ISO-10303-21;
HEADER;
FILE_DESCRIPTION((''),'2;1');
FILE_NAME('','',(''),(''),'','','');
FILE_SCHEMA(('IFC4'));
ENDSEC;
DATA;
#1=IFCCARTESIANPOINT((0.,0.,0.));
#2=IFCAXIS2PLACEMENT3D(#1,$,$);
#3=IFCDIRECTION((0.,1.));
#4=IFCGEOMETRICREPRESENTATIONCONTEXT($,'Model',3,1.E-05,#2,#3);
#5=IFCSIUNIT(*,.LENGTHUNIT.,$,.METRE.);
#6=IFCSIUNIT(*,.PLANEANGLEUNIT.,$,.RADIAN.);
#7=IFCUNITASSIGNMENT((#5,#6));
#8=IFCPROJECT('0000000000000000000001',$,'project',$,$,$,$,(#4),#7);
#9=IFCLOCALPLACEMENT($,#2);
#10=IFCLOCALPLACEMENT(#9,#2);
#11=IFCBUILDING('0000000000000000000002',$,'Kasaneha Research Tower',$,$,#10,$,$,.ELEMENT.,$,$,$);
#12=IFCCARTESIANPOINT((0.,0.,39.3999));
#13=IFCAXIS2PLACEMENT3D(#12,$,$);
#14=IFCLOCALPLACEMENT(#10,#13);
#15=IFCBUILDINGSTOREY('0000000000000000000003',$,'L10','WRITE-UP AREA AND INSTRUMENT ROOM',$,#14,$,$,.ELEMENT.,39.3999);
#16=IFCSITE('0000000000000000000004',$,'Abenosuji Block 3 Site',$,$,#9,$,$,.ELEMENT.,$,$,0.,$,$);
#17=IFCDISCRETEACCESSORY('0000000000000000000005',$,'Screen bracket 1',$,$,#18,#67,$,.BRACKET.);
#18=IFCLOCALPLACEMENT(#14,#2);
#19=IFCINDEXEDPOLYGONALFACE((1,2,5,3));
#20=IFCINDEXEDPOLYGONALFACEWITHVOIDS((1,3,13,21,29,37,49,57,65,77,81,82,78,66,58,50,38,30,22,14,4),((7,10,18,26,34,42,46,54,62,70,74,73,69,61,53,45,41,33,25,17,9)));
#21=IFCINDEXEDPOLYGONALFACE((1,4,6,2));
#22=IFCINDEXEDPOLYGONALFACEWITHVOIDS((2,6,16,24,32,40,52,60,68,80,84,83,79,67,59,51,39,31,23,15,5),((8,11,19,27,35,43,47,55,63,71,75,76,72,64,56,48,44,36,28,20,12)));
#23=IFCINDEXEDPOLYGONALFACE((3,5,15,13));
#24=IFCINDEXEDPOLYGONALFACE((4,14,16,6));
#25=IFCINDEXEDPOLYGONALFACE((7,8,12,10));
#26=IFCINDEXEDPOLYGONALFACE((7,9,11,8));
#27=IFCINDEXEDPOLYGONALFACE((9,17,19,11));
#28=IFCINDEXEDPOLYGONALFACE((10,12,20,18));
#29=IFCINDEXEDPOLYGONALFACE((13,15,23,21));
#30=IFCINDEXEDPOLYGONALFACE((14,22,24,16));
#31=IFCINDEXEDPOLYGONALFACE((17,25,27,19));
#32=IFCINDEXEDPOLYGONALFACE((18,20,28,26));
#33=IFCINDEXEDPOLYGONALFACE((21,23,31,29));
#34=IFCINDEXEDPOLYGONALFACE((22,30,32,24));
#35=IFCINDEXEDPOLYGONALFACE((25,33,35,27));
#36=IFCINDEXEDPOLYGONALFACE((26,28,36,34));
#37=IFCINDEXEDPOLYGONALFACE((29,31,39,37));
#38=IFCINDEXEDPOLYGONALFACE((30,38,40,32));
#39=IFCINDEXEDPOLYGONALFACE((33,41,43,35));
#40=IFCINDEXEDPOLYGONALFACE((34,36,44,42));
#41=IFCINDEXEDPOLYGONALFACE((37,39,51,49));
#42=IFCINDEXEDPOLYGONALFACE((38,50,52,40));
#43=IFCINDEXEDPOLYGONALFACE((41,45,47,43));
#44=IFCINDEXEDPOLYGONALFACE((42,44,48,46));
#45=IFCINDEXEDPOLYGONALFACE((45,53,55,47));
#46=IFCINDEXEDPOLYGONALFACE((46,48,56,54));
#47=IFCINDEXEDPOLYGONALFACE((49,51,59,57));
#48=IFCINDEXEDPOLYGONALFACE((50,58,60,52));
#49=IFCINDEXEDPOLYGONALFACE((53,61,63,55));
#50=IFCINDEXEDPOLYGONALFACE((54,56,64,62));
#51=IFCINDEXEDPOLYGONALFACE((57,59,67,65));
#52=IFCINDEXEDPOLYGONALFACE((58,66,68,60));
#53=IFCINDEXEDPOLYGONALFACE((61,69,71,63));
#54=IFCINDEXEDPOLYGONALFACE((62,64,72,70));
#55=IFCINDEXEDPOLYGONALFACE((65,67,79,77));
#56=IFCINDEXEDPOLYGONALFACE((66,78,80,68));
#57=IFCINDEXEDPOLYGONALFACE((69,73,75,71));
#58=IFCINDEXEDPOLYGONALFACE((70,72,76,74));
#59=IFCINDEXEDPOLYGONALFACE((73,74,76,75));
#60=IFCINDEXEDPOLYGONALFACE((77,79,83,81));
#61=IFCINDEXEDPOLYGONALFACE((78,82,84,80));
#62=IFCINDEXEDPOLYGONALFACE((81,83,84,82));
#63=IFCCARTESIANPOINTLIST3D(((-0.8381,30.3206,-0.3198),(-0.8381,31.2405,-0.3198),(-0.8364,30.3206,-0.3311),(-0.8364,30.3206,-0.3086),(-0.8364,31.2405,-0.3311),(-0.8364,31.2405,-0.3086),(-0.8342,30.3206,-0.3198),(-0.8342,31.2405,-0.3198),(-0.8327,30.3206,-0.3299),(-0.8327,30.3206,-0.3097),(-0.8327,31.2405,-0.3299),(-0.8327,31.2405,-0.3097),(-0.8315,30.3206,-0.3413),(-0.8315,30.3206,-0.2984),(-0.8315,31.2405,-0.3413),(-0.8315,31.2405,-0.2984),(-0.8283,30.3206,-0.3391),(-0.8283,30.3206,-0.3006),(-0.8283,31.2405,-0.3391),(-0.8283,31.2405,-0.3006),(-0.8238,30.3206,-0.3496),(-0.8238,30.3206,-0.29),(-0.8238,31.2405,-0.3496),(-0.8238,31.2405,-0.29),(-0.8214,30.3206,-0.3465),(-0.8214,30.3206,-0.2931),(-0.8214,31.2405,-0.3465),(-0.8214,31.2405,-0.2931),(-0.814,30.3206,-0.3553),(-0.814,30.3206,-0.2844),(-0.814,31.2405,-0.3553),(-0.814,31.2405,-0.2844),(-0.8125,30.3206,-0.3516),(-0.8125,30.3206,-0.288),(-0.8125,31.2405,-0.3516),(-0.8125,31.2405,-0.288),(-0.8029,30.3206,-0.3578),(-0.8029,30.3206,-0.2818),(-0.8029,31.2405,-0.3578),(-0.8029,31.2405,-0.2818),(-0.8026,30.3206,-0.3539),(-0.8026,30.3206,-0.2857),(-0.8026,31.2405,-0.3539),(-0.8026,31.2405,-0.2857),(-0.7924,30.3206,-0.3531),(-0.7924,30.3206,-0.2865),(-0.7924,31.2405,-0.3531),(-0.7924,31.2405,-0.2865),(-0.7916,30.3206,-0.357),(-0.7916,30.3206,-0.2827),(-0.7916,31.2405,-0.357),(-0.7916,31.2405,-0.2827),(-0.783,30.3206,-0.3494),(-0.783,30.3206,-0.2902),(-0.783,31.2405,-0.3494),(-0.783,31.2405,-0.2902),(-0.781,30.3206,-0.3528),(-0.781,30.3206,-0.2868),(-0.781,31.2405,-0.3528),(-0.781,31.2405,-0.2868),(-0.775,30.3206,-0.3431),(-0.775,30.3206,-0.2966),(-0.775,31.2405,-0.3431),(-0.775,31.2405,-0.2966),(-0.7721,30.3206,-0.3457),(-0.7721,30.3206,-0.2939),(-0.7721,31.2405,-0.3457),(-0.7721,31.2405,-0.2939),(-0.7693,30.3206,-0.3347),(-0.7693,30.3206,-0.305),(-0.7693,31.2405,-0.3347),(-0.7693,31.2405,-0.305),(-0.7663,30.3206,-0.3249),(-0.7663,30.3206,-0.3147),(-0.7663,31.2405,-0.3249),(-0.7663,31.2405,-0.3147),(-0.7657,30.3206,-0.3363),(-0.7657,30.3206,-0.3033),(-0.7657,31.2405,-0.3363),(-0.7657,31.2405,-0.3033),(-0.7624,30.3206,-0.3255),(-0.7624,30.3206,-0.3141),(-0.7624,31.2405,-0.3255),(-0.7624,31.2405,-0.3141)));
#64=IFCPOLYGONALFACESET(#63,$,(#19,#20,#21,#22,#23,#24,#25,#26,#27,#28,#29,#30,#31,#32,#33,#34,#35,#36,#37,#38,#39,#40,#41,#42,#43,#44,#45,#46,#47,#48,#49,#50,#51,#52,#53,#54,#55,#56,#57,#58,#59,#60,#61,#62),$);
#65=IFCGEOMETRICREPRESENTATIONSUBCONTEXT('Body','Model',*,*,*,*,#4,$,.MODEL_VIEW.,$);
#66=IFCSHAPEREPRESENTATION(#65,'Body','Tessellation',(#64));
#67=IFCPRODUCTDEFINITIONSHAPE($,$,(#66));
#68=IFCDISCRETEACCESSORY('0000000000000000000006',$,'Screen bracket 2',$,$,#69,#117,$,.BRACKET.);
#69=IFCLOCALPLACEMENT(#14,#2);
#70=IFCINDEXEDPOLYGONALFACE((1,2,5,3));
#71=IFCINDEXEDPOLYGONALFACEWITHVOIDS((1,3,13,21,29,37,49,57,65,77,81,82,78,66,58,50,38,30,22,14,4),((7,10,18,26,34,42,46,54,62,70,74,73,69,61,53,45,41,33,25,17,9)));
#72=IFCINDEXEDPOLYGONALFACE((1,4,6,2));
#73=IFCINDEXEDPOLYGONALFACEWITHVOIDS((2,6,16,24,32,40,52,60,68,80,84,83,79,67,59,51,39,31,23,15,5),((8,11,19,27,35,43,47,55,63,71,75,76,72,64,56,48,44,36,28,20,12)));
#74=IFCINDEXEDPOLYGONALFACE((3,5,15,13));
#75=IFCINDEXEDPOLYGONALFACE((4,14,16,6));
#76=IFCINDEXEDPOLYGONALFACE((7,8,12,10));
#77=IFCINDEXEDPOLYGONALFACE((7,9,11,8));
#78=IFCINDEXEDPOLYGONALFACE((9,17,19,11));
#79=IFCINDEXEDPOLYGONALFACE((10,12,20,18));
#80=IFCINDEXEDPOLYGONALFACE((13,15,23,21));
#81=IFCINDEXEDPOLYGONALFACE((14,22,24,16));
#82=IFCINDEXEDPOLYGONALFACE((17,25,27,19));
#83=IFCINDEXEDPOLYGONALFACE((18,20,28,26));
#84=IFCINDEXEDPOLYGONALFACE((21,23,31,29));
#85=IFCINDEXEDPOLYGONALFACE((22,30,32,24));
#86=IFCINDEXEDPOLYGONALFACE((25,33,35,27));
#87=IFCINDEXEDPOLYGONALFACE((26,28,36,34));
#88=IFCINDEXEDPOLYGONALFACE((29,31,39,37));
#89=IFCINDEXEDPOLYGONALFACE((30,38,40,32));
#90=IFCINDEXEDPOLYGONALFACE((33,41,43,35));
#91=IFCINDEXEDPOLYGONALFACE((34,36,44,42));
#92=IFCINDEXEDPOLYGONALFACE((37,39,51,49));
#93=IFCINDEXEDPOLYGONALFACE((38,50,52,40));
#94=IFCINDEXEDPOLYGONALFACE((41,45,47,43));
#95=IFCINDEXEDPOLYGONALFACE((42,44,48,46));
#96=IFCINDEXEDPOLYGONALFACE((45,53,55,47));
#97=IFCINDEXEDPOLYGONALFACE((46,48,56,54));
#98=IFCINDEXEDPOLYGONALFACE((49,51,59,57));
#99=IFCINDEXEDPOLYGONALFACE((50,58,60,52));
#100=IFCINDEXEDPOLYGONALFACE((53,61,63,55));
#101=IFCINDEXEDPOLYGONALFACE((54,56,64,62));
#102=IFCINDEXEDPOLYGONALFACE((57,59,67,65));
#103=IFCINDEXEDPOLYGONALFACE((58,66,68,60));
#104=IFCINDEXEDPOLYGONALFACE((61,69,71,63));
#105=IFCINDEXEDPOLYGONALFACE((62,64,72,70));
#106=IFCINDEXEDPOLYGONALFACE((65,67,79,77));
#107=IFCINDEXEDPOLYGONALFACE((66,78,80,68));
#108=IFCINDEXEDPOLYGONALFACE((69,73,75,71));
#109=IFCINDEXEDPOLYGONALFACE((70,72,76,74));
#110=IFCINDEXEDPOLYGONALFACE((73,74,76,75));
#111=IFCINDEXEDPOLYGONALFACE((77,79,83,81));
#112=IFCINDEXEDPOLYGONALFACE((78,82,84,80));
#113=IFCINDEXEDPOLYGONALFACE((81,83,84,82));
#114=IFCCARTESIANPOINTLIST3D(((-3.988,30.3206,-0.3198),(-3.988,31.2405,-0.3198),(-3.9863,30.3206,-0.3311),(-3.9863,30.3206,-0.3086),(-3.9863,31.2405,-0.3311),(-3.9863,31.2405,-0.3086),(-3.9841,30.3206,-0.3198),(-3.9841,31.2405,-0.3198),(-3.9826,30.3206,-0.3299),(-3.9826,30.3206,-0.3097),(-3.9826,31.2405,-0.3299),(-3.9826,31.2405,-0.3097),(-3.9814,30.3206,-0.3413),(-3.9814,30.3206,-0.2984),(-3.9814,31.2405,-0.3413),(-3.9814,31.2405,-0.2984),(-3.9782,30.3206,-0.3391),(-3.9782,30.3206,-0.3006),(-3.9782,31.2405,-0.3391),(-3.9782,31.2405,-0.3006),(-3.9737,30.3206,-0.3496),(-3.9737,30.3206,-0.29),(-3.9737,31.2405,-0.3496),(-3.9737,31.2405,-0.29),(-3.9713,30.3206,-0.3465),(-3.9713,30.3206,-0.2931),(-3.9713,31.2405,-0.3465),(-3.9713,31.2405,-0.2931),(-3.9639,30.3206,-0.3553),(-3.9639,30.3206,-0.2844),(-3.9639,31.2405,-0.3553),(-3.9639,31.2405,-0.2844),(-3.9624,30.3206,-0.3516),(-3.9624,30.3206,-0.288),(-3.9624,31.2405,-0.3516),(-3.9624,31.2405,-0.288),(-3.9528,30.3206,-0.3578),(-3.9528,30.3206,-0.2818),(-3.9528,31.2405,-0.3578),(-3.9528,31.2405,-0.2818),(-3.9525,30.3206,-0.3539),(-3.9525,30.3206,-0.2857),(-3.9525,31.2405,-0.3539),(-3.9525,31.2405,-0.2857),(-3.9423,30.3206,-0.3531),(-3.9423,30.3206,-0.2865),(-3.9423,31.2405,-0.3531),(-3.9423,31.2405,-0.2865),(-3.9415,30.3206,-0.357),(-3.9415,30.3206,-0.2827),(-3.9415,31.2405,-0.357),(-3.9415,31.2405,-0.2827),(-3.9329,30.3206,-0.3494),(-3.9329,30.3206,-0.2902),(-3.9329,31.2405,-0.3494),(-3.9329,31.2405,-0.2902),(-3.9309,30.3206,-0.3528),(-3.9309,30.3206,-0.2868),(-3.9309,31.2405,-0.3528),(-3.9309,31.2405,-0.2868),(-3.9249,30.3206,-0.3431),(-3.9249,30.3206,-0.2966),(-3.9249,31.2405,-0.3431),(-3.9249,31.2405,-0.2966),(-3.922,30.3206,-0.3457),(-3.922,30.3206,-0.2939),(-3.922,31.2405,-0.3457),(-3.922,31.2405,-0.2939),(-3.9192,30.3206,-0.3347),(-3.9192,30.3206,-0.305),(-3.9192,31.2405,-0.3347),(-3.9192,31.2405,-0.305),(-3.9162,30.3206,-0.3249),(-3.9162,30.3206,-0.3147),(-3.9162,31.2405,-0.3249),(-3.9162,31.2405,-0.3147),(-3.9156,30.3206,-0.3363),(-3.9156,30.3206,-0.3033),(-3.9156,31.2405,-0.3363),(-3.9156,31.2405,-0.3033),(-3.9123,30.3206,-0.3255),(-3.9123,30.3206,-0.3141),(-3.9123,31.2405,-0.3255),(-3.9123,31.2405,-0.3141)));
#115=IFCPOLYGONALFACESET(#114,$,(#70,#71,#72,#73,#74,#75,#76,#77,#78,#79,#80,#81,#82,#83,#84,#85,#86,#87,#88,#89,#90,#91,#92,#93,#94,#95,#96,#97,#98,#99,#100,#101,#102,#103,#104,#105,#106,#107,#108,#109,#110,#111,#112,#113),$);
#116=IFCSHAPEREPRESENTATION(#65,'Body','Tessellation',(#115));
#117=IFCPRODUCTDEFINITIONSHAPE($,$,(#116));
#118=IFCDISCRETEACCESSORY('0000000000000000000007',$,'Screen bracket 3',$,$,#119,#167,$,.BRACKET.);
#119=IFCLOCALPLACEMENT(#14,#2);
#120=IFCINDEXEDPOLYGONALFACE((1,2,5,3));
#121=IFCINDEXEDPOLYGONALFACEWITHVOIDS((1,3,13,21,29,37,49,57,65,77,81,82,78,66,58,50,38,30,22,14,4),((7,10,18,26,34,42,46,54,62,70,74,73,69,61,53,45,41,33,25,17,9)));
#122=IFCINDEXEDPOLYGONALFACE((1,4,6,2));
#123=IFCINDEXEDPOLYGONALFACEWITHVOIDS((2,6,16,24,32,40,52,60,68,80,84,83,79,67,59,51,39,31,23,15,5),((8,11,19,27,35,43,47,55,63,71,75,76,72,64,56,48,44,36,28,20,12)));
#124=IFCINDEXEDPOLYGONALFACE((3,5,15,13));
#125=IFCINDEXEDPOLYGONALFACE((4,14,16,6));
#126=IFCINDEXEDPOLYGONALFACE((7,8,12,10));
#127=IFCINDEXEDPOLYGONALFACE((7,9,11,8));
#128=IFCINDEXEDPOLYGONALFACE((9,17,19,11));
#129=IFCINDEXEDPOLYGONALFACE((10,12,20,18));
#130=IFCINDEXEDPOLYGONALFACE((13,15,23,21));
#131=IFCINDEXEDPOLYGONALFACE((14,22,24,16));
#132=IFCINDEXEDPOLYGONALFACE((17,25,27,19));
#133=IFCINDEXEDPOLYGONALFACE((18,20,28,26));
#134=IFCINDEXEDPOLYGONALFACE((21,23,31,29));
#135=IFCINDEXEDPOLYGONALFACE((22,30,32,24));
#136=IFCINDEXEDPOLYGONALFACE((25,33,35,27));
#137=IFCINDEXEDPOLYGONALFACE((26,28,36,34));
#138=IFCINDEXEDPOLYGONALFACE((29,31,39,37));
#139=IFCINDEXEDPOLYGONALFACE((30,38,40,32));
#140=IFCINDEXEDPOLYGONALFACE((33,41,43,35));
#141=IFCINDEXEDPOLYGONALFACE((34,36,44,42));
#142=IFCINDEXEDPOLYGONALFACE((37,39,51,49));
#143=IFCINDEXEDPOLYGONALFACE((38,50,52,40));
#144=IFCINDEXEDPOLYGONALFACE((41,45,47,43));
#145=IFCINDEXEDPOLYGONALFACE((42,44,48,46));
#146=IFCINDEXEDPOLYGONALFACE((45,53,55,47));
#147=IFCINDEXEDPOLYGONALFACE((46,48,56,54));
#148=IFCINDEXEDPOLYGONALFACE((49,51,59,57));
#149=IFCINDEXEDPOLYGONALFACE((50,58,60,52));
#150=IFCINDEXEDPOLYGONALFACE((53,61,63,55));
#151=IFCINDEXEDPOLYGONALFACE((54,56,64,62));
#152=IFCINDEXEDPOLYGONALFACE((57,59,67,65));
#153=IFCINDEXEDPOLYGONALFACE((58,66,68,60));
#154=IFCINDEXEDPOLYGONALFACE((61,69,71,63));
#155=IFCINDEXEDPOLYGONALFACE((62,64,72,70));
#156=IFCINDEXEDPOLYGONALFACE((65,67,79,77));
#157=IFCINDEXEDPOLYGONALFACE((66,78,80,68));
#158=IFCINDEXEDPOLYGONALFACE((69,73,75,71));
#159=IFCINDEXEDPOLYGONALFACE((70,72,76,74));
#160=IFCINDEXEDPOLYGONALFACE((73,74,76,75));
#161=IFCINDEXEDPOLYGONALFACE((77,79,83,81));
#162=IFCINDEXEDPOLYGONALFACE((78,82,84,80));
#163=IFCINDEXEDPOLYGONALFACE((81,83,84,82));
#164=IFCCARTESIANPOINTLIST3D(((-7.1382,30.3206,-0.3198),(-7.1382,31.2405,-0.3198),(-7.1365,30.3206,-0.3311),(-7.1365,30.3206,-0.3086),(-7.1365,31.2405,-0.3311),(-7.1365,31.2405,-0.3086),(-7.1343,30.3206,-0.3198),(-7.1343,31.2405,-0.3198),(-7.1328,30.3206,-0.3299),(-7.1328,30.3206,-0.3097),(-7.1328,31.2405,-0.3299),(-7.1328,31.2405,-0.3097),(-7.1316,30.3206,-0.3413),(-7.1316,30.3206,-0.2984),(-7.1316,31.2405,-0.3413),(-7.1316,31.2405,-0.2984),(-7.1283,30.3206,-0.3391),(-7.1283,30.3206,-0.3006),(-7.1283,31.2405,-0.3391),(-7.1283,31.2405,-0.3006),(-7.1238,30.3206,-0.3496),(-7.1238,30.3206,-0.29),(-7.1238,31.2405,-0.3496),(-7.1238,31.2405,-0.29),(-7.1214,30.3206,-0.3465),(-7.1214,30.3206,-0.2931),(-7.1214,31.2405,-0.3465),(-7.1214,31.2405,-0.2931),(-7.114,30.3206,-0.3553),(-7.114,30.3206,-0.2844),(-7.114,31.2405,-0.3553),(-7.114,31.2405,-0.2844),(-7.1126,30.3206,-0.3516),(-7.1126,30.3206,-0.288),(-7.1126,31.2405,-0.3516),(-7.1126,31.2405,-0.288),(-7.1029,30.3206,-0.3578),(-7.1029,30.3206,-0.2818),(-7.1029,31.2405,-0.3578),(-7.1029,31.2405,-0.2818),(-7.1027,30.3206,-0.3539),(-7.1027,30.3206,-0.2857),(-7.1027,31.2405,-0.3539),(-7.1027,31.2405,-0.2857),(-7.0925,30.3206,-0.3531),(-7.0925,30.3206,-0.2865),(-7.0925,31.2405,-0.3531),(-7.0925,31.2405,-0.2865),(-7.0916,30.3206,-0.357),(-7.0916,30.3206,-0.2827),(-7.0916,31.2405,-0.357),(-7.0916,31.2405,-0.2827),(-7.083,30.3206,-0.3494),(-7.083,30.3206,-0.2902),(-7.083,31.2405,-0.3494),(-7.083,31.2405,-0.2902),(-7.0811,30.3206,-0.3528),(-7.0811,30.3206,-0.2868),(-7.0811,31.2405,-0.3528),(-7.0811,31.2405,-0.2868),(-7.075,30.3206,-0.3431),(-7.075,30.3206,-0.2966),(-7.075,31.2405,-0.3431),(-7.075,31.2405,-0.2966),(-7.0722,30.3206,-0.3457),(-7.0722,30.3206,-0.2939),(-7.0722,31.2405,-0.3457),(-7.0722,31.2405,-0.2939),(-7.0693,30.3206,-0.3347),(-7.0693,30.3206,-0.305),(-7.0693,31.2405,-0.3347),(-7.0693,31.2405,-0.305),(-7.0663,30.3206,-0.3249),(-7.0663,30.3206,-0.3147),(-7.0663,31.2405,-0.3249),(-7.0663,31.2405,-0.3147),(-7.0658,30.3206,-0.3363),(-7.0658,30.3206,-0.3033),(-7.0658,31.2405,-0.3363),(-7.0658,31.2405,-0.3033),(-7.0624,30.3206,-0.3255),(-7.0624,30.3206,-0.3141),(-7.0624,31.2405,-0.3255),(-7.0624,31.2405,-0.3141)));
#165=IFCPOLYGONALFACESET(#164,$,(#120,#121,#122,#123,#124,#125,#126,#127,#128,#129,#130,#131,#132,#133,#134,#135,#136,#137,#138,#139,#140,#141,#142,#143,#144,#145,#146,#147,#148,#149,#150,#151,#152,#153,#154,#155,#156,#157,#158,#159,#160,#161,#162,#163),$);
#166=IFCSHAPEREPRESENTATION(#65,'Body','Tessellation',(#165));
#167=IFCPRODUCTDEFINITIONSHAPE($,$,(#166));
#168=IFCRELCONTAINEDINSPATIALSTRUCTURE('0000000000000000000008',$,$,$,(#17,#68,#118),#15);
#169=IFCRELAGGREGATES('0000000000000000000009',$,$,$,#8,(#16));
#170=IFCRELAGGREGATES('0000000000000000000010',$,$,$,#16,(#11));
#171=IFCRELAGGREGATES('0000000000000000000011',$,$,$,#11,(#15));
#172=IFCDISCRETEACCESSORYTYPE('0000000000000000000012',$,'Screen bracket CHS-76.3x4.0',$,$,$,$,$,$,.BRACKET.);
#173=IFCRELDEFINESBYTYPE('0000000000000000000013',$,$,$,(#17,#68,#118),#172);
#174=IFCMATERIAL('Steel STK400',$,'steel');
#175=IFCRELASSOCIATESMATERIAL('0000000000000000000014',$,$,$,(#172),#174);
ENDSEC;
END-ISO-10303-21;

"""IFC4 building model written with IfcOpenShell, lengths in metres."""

from ifc_helpers import new_model, si_unit, direction, frame, origin, origin_2d, place, context, subcontext, project, spatial, hollow_circle, extrude, material, material_profile, profile_set, type_object, element, save


model = new_model("IFC4")

# Units and contexts
model_context = context("Model", 3, precision=1e-05, world=origin(), true_north=direction((0.0, 1.0)))
body_context = subcontext(model_context, "Body", "Model", "MODEL_VIEW")
ifc_project = project(units=[si_unit("LENGTHUNIT", "METRE"), si_unit("PLANEANGLEUNIT", "RADIAN")], contexts=[model_context])

# Site, building, storey
site_placement = place(None, origin())
site = spatial("IfcSite", under=ifc_project, at=site_placement, Name="Abenosuji Block 3 Site", CompositionType="ELEMENT", RefElevation=0.0)
building_placement = place(site_placement, origin())
building = spatial("IfcBuilding", under=site, at=building_placement, Name="Kasaneha Research Tower", CompositionType="ELEMENT")
storey_placement = place(building_placement, frame((0.0, 0.0, 39.3999)))
storey = spatial("IfcBuildingStorey", under=building, at=storey_placement, Name="L10", Description="WRITE-UP AREA AND INSTRUMENT ROOM", CompositionType="ELEMENT", Elevation=39.3999)

# Discrete accessories
ifc_material_1 = material(Name="Steel STK400", Category="steel")
ifc_material_profile_1 = material_profile(ifc_material_1, hollow_circle(Radius=0.0381, WallThickness=0.0039, at=origin_2d()), Name="CHS-76.3x4.0")
ifc_profile_set_1 = profile_set([ifc_material_profile_1], Name="Steel STK400")
discrete_accessory_type = type_object("IfcDiscreteAccessoryType", Name="Screen bracket CHS-76.3x4.0", PredefinedType="BRACKET", material=ifc_profile_set_1)
for number, where, z_axis, x_axis, name in (
    (1, (-0.8, 30.3206, -0.3198), (0.0, 1.0, 0.0), (-1.0, 0.0, 0.0), "Screen bracket 1"),
    (2, (-3.95, 30.3206, -0.3198), (0.0, 1.0, 0.0), (-1.0, 0.0, 0.0), "Screen bracket 2"),
    (3, (-7.1001, 30.3206, -0.3198), (0.0, 1.0, 0.0), (-1.0, 0.0, 0.0), "Screen bracket 3"),
):
    element("IfcDiscreteAccessory", number, at=place(storey_placement, frame(where, z_axis=z_axis, x_axis=x_axis)), inside=storey, type_object=discrete_accessory_type, Name=name, PredefinedType="BRACKET", context=body_context, shape_type="SweptSolid", body=[
        extrude(hollow_circle(Radius=0.0381, WallThickness=0.0039, at=origin_2d()), origin(), (0.0, 0.0, 1.0), 0.9199),
    ])

save(model, "model.ifc")
